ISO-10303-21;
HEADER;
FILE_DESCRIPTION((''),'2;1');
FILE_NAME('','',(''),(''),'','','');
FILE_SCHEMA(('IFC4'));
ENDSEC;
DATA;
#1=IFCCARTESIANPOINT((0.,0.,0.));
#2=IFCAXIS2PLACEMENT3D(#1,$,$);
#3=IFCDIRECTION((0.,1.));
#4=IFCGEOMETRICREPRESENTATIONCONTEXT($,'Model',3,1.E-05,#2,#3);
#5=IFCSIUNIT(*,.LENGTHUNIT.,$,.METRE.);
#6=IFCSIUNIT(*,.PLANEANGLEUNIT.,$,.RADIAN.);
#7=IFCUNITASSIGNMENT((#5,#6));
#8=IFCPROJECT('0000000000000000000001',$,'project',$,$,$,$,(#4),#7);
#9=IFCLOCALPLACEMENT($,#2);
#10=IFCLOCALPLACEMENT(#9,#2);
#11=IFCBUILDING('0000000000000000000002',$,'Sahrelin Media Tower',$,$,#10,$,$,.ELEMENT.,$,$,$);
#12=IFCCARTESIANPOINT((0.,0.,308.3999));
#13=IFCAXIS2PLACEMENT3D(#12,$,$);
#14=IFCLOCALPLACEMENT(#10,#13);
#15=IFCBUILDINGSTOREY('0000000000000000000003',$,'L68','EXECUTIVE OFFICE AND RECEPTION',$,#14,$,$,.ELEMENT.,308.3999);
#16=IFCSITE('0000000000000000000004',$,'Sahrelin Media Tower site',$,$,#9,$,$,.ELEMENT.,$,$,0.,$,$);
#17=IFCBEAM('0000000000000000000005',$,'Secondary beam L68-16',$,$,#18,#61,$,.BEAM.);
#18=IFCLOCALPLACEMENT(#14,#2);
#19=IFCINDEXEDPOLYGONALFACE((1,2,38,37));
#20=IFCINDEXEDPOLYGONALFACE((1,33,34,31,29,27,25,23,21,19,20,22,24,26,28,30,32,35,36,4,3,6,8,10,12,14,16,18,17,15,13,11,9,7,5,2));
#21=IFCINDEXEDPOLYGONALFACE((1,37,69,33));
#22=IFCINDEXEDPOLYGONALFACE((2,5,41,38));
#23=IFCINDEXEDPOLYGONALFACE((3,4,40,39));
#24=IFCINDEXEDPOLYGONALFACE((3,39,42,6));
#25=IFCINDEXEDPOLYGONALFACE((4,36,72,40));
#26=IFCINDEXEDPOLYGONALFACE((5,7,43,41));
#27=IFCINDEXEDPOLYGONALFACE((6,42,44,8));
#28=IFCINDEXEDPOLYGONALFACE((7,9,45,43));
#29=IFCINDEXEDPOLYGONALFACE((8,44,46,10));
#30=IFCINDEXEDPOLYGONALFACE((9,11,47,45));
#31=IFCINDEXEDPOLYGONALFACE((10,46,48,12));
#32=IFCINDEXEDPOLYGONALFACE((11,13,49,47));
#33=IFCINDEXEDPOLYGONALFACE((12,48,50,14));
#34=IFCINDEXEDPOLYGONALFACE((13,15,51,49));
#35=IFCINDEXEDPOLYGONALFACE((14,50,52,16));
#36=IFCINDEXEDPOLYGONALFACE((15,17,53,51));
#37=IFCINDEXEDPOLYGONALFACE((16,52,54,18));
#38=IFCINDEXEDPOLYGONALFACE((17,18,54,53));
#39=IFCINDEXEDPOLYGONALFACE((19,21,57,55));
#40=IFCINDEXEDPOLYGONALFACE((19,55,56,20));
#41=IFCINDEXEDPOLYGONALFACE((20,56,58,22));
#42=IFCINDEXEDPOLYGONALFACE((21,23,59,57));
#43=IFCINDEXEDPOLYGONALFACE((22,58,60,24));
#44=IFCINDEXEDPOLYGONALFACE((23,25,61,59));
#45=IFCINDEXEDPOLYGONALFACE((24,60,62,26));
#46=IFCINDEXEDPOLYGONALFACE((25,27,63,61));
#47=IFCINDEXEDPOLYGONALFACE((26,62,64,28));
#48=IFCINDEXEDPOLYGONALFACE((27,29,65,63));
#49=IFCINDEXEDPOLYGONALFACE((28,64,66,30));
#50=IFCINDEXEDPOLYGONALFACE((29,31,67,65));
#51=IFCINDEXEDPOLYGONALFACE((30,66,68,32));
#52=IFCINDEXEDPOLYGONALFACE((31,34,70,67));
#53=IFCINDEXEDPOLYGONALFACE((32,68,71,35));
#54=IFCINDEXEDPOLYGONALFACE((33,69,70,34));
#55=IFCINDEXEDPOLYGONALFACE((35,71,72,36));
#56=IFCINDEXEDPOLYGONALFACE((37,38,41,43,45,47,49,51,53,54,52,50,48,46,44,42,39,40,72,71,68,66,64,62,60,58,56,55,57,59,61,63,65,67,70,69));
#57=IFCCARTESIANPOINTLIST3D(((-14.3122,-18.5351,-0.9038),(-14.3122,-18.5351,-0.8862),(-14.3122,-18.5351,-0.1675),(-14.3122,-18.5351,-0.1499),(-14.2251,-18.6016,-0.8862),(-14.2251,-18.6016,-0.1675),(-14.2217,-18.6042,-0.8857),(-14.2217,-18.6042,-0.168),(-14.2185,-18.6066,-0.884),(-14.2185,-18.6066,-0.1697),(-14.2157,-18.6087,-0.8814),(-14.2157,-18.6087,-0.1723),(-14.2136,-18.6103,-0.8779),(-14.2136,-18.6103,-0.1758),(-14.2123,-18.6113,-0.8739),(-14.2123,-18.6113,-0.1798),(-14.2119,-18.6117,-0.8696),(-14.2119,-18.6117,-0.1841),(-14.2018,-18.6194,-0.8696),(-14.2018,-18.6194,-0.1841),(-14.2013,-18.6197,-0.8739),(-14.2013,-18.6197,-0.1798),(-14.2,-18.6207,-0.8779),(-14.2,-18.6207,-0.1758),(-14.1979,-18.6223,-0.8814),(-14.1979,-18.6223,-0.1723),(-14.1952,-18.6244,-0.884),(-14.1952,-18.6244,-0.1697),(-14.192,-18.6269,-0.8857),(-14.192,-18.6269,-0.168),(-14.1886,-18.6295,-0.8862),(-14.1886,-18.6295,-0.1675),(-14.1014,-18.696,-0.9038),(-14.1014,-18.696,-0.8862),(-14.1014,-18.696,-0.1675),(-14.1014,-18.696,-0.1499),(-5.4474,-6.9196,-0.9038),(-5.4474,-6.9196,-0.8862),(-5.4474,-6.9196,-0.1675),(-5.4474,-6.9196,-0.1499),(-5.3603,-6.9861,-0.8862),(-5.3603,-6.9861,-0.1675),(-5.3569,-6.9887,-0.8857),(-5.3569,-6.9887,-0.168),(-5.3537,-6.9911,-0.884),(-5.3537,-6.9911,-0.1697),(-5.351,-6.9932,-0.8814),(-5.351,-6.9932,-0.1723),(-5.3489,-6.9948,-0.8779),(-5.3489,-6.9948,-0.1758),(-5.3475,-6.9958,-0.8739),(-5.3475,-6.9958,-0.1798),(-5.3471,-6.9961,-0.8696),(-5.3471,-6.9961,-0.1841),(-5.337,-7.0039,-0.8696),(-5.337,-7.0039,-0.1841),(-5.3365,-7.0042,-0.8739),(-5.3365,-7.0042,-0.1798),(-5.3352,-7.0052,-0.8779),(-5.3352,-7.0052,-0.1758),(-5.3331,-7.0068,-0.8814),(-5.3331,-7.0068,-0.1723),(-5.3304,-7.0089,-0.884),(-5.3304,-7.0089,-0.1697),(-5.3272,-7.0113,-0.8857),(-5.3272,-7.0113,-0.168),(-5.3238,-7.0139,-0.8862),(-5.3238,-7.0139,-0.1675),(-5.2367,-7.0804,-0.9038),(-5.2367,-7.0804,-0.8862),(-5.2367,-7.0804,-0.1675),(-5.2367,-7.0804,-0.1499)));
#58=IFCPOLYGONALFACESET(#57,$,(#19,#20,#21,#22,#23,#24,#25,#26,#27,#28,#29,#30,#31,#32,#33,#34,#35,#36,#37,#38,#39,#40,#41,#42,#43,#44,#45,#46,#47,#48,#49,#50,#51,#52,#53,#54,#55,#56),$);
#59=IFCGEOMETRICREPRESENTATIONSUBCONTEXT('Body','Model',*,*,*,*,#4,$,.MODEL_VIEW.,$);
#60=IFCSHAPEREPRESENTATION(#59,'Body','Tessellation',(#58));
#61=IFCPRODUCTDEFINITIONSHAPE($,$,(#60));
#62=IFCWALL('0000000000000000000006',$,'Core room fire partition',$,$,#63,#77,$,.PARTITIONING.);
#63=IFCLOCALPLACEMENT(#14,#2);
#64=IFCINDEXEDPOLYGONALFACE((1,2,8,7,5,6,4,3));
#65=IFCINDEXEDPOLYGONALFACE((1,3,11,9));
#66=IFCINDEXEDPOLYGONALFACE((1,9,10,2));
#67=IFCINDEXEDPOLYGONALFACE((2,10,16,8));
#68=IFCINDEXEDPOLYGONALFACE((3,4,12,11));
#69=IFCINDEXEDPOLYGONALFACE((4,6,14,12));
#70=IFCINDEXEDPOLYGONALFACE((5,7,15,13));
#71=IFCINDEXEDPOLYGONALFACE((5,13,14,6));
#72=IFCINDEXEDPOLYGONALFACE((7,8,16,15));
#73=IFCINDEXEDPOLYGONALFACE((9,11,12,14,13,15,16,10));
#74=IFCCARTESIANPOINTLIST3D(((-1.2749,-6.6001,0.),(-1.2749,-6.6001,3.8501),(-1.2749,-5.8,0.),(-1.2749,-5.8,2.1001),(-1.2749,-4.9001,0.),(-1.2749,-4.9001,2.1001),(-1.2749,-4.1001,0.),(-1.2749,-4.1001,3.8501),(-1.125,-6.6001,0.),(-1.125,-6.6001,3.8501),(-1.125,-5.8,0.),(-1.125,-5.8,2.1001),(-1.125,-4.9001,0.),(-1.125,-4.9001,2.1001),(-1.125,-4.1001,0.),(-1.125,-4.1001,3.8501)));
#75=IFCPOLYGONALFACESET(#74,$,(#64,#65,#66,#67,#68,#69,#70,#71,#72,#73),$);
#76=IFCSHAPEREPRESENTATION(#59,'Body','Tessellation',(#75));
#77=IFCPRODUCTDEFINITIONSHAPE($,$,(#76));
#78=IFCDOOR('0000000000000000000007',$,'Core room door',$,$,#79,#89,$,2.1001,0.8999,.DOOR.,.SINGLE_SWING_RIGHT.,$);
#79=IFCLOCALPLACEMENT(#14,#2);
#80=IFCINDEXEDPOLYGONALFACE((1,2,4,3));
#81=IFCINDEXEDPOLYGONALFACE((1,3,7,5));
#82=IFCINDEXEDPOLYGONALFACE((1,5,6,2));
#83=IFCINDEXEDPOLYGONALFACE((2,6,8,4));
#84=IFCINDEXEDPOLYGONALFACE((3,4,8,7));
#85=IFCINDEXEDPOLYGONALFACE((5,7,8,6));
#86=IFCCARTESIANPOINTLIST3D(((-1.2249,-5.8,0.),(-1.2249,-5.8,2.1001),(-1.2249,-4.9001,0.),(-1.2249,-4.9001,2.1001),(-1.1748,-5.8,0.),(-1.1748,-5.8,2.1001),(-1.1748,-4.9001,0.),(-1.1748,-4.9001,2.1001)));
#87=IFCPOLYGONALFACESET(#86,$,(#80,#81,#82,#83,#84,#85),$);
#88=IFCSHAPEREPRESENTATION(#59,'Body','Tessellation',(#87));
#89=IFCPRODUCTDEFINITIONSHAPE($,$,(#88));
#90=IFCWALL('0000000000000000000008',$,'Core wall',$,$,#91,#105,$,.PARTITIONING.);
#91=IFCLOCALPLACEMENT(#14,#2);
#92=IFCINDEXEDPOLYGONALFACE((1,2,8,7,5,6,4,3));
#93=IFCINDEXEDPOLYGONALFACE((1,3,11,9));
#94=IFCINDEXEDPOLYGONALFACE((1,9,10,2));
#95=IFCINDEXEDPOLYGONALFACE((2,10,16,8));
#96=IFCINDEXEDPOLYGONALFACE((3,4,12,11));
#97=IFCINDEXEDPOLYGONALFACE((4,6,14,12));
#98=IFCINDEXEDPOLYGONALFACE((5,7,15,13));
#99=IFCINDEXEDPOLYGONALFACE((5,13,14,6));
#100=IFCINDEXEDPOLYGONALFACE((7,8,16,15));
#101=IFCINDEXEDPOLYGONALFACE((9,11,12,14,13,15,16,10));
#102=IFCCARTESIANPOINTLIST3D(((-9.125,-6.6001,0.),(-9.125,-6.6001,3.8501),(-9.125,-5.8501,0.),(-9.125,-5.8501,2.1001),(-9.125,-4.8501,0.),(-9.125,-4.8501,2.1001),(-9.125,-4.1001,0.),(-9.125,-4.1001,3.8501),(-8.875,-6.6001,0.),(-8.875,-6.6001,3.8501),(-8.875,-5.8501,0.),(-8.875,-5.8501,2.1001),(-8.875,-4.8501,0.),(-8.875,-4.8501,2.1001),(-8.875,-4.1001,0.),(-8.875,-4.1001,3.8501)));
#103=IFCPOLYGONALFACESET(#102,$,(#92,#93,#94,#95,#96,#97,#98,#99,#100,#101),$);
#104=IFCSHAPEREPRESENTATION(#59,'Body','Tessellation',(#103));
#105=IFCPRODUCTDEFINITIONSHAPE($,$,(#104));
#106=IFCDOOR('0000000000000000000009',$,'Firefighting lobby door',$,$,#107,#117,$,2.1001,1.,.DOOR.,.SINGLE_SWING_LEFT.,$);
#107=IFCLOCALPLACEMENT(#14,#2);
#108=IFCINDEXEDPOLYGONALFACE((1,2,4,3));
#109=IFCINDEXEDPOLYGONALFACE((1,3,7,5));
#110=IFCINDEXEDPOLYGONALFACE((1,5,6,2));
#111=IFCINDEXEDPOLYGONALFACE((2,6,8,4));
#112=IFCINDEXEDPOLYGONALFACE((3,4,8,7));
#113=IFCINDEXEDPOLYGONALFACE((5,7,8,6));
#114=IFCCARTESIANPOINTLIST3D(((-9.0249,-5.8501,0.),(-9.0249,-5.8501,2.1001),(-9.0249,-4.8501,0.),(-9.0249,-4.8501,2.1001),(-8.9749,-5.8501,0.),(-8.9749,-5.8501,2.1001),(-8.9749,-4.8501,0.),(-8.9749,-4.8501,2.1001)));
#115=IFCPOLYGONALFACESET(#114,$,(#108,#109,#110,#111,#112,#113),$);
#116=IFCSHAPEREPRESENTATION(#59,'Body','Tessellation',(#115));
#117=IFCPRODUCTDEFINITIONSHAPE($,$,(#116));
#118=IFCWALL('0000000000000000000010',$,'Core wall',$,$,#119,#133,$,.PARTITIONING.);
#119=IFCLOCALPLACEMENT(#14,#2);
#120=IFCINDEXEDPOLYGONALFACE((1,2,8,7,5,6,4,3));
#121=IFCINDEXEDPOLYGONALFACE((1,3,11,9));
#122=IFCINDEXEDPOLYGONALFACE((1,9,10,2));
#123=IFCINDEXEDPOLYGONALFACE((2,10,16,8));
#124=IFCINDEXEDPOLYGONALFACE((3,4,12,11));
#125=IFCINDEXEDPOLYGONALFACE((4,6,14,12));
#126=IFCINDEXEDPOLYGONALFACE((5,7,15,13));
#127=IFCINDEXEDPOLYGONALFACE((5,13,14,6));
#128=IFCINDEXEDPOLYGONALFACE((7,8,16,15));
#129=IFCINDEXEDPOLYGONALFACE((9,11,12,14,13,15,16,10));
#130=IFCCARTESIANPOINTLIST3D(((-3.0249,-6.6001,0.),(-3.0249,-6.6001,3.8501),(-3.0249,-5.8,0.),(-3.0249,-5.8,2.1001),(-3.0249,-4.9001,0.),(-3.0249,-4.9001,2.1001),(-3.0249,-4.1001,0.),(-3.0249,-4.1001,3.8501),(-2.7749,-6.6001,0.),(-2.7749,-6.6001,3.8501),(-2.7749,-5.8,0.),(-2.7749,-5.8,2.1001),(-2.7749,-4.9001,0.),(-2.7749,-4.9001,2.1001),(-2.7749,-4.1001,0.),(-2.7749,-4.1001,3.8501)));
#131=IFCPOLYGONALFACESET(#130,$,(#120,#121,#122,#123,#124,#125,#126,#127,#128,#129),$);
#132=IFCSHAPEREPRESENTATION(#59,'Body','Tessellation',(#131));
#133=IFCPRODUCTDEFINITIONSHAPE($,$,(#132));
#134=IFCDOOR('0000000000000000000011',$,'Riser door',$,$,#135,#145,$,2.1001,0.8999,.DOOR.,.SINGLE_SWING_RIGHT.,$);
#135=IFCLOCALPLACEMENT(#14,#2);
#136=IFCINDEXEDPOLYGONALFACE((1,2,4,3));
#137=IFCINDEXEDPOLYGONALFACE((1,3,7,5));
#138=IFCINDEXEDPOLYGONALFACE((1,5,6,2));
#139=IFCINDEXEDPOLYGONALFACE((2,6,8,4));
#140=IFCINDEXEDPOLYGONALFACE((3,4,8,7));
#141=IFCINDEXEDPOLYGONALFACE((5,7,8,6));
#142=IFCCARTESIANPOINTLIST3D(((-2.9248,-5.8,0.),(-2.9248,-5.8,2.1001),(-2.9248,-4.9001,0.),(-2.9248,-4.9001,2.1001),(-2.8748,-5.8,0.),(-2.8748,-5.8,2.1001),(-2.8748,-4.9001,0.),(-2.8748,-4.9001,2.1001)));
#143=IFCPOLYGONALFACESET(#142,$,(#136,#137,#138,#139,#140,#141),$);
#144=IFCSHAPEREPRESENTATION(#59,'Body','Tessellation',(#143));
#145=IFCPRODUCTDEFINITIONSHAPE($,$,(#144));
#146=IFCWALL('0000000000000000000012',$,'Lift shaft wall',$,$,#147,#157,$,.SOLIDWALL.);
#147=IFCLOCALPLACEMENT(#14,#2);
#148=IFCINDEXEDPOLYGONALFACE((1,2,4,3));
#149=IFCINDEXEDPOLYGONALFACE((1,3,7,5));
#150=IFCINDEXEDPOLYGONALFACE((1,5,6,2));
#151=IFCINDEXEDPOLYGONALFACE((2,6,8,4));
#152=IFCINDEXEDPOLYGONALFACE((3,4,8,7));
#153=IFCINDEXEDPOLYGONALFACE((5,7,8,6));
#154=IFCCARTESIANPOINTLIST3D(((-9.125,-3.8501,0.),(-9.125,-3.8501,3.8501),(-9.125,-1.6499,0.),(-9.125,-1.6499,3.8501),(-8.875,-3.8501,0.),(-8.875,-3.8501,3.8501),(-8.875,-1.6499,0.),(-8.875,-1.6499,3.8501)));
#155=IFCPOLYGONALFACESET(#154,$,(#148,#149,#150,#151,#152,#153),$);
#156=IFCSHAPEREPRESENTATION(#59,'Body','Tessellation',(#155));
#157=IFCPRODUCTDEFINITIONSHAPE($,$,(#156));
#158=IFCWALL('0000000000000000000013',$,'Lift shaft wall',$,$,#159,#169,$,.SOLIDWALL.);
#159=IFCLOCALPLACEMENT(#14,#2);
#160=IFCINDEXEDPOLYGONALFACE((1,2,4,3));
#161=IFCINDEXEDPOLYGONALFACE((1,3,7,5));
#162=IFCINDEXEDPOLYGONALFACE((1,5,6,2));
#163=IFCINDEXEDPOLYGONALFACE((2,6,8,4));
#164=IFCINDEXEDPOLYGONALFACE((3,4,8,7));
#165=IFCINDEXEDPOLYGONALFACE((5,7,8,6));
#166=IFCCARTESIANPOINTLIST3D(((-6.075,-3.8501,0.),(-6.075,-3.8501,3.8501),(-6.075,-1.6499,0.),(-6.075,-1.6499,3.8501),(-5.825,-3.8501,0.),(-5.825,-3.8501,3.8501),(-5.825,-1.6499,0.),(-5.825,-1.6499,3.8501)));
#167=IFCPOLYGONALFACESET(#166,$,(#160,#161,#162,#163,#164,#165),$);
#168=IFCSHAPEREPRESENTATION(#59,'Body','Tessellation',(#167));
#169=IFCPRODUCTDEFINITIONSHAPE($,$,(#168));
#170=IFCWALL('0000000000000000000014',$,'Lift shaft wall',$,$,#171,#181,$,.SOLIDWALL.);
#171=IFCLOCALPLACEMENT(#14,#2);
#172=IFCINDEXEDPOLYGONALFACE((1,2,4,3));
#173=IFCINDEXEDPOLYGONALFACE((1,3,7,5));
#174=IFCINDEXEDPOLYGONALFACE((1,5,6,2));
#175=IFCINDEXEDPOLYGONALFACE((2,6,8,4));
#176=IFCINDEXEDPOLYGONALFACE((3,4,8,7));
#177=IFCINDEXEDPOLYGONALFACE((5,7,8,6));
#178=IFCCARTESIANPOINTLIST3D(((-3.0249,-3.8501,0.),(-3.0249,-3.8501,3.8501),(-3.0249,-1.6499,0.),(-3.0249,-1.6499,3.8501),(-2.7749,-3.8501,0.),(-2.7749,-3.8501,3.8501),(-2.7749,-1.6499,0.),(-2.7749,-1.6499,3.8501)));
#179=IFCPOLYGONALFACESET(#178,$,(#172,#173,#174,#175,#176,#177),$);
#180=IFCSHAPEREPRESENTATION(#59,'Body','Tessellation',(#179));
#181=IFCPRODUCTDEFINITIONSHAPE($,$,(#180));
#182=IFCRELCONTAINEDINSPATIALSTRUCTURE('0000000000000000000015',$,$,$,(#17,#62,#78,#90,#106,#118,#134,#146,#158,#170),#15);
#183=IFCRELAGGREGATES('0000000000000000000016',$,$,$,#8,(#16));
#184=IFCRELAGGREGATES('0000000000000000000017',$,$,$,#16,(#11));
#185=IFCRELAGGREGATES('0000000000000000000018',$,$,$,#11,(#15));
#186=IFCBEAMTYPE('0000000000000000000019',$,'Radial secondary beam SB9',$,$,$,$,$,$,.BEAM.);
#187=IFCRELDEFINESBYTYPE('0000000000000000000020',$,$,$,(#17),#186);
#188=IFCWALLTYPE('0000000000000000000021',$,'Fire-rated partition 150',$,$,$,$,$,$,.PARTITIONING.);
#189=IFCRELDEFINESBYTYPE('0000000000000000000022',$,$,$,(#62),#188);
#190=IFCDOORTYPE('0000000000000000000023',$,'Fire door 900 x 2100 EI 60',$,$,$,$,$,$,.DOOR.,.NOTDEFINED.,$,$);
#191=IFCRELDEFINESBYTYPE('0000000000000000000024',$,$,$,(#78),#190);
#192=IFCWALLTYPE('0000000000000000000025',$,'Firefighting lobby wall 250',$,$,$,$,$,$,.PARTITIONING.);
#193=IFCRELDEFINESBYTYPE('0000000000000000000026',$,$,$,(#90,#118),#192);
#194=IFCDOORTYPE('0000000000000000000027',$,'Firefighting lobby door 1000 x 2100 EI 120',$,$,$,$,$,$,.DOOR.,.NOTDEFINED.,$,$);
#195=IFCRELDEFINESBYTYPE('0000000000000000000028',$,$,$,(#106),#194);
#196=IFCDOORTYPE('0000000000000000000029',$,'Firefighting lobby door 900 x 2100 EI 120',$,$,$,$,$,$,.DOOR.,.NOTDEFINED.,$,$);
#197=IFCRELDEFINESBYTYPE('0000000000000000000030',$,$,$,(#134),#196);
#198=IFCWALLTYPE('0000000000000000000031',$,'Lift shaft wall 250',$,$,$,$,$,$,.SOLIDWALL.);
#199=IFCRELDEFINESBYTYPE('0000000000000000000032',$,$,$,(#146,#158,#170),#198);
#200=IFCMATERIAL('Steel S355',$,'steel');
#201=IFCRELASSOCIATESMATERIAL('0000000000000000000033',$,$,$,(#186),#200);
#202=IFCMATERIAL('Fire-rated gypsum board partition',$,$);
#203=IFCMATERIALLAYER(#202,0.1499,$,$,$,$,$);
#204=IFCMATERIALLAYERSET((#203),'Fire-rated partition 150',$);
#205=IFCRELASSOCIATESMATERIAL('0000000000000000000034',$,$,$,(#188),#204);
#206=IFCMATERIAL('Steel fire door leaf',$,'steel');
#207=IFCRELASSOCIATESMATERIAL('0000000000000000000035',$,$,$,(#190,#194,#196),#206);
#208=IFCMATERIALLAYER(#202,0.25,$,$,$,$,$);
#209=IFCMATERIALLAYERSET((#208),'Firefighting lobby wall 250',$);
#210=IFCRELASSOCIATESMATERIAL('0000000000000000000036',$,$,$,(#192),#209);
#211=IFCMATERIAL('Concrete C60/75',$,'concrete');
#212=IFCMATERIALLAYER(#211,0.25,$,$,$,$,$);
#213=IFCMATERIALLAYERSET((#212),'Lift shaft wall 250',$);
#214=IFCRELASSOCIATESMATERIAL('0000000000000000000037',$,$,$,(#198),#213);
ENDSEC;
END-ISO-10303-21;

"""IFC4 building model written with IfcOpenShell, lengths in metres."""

from ifc_helpers import new_model, si_unit, direction, frame, frame_2d, origin, origin_2d, place, context, subcontext, project, spatial, rectangle, i_section, extrude, material, layer, layer_set, material_profile, profile_set, type_object, element, fill, save


model = new_model("IFC4")

# Units and contexts
model_context = context("Model", 3, precision=1e-05, world=origin(), true_north=direction((0.0, 1.0)))
body_context = subcontext(model_context, "Body", "Model", "MODEL_VIEW")
ifc_project = project(units=[si_unit("LENGTHUNIT", "METRE"), si_unit("PLANEANGLEUNIT", "RADIAN")], contexts=[model_context])

# Site, building, storey
site_placement = place(None, origin())
site = spatial("IfcSite", under=ifc_project, at=site_placement, Name="Sahrelin Media Tower site", CompositionType="ELEMENT", RefElevation=0.0)
building_placement = place(site_placement, origin())
building = spatial("IfcBuilding", under=site, at=building_placement, Name="Sahrelin Media Tower", CompositionType="ELEMENT")
storey_placement = place(building_placement, frame((0.0, 0.0, 308.3999)))
storey = spatial("IfcBuildingStorey", under=building, at=storey_placement, Name="L68", Description="EXECUTIVE OFFICE AND RECEPTION", CompositionType="ELEMENT", Elevation=308.3999)

# Beam
ifc_material_1 = material(Name="Steel S355", Category="steel")
ifc_material_profile_1 = material_profile(ifc_material_1, i_section(OverallWidth=0.2651, OverallDepth=0.7539, WebThickness=0.0127, FlangeThickness=0.0176, FilletRadius=0.0166, at=origin_2d()), Name="UB 762x267x147")
ifc_profile_set_1 = profile_set([ifc_material_profile_1], Name="Steel S355")
beam_type_1 = type_object("IfcBeamType", Name="Radial secondary beam SB9", PredefinedType="BEAM", material=ifc_profile_set_1)
beam_1_placement = place(storey_placement, frame((-5.342, -7.0, -0.5269), z_axis=(-0.606686, -0.794941, 0.0), x_axis=(0.794941, -0.606686, 0.0)))
element("IfcBeam", 1, at=beam_1_placement, inside=storey, type_object=beam_type_1, Name="Secondary beam L68-16", PredefinedType="BEAM", context=body_context, shape_type="SweptSolid", body=[
    extrude(i_section(OverallWidth=0.2651, OverallDepth=0.7539, WebThickness=0.0127, FlangeThickness=0.0176, FilletRadius=0.0166, at=origin_2d()), origin(), (0.0, 0.0, 1.0), 14.6118),
])

# Walls, openings, doors
ifc_material_2 = material(Name="Fire-rated gypsum board partition")
ifc_layer_1 = layer(ifc_material_2, 0.1499)
ifc_layer_set_1 = layer_set([ifc_layer_1], Name="Fire-rated partition 150")
wall_type_1 = type_object("IfcWallType", Name="Fire-rated partition 150", PredefinedType="PARTITIONING", material=ifc_layer_set_1)
wall_1_placement = place(storey_placement, frame((-1.2, -6.6001, 0.0), z_axis=(0.0, 0.0, 1.0), x_axis=(0.0, 1.0, 0.0)))
wall_1 = element("IfcWall", 2, at=wall_1_placement, inside=storey, type_object=wall_type_1, Name="Core room fire partition", PredefinedType="PARTITIONING", context=body_context, shape_type="SweptSolid", body=[
    extrude(rectangle(XDim=2.5, YDim=0.1499, at=frame_2d((1.25, 0.0))), origin(), (0.0, 0.0, 1.0), 3.8501),
])
opening_1_placement = place(wall_1_placement, frame((0.8, 0.0, 0.0)))
opening_1 = element("IfcOpeningElement", 3, at=opening_1_placement, cuts=wall_1, PredefinedType="OPENING", context=body_context, shape_type="SweptSolid", body=[
    extrude(rectangle(XDim=0.8999, YDim=2.1001, at=frame_2d((0.45, 1.05))), frame((0.0, 0.075, 0.0), z_axis=(0.0, -1.0, 0.0), x_axis=(1.0, 0.0, 0.0)), (0.0, 0.0, 1.0), 0.1499),
])
ifc_material_3 = material(Name="Steel fire door leaf", Category="steel")
door_type_1 = type_object("IfcDoorType", Name="Fire door 900 x 2100 EI 60", OperationType="NOTDEFINED", PredefinedType="DOOR", material=ifc_material_3)
door_1_placement = place(opening_1_placement, origin())
door_1 = element("IfcDoor", 4, at=door_1_placement, inside=storey, type_object=door_type_1, Name="Core room door", OperationType="SINGLE_SWING_RIGHT", OverallHeight=2.1001, OverallWidth=0.8999, PredefinedType="DOOR", context=body_context, shape_type="SweptSolid", body=[
    extrude(rectangle(XDim=0.8999, YDim=2.1001, at=frame_2d((0.45, 1.05))), frame((0.0, 0.0249, 0.0), z_axis=(0.0, -1.0, 0.0), x_axis=(1.0, 0.0, 0.0)), (0.0, 0.0, 1.0), 0.05),
])
fill(opening_1, door_1)
ifc_layer_2 = layer(ifc_material_2, 0.25)
ifc_layer_set_2 = layer_set([ifc_layer_2], Name="Firefighting lobby wall 250")
wall_type_2 = type_object("IfcWallType", Name="Firefighting lobby wall 250", PredefinedType="PARTITIONING", material=ifc_layer_set_2)
wall_2_placement = place(storey_placement, frame((-9.0, -6.6001, 0.0), z_axis=(0.0, 0.0, 1.0), x_axis=(0.0, 1.0, 0.0)))
wall_2 = element("IfcWall", 5, at=wall_2_placement, inside=storey, type_object=wall_type_2, Name="Core wall", PredefinedType="PARTITIONING", context=body_context, shape_type="SweptSolid", body=[
    extrude(rectangle(XDim=2.5, YDim=0.25, at=frame_2d((1.25, 0.0))), origin(), (0.0, 0.0, 1.0), 3.8501),
])
opening_2_placement = place(wall_2_placement, frame((0.75, 0.0, 0.0)))
opening_2 = element("IfcOpeningElement", 6, at=opening_2_placement, cuts=wall_2, PredefinedType="OPENING", context=body_context, shape_type="SweptSolid", body=[
    extrude(rectangle(XDim=1.0, YDim=2.1001, at=frame_2d((0.5, 1.05))), frame((0.0, 0.125, 0.0), z_axis=(0.0, -1.0, 0.0), x_axis=(1.0, 0.0, 0.0)), (0.0, 0.0, 1.0), 0.25),
])
door_type_2 = type_object("IfcDoorType", Name="Firefighting lobby door 1000 x 2100 EI 120", OperationType="NOTDEFINED", PredefinedType="DOOR", material=ifc_material_3)
door_2_placement = place(opening_2_placement, origin())
door_2 = element("IfcDoor", 7, at=door_2_placement, inside=storey, type_object=door_type_2, Name="Firefighting lobby door", OperationType="SINGLE_SWING_LEFT", OverallHeight=2.1001, OverallWidth=1.0, PredefinedType="DOOR", context=body_context, shape_type="SweptSolid", body=[
    extrude(rectangle(XDim=1.0, YDim=2.1001, at=frame_2d((0.5, 1.05))), frame((0.0, 0.0249, 0.0), z_axis=(0.0, -1.0, 0.0), x_axis=(1.0, 0.0, 0.0)), (0.0, 0.0, 1.0), 0.05),
])
fill(opening_2, door_2)
wall_3_placement = place(storey_placement, frame((-2.8999, -6.6001, 0.0), z_axis=(0.0, 0.0, 1.0), x_axis=(0.0, 1.0, 0.0)))
wall_3 = element("IfcWall", 8, at=wall_3_placement, inside=storey, type_object=wall_type_2, Name="Core wall", PredefinedType="PARTITIONING", context=body_context, shape_type="SweptSolid", body=[
    extrude(rectangle(XDim=2.5, YDim=0.25, at=frame_2d((1.25, 0.0))), origin(), (0.0, 0.0, 1.0), 3.8501),
])
opening_3_placement = place(wall_3_placement, frame((0.8, 0.0, 0.0)))
opening_3 = element("IfcOpeningElement", 9, at=opening_3_placement, cuts=wall_3, PredefinedType="OPENING", context=body_context, shape_type="SweptSolid", body=[
    extrude(rectangle(XDim=0.8999, YDim=2.1001, at=frame_2d((0.45, 1.05))), frame((0.0, 0.125, 0.0), z_axis=(0.0, -1.0, 0.0), x_axis=(1.0, 0.0, 0.0)), (0.0, 0.0, 1.0), 0.25),
])
door_type_3 = type_object("IfcDoorType", Name="Firefighting lobby door 900 x 2100 EI 120", OperationType="NOTDEFINED", PredefinedType="DOOR", material=ifc_material_3)
door_3_placement = place(opening_3_placement, origin())
door_3 = element("IfcDoor", 10, at=door_3_placement, inside=storey, type_object=door_type_3, Name="Riser door", OperationType="SINGLE_SWING_RIGHT", OverallHeight=2.1001, OverallWidth=0.8999, PredefinedType="DOOR", context=body_context, shape_type="SweptSolid", body=[
    extrude(rectangle(XDim=0.8999, YDim=2.1001, at=frame_2d((0.45, 1.05))), frame((0.0, 0.0249, 0.0), z_axis=(0.0, -1.0, 0.0), x_axis=(1.0, 0.0, 0.0)), (0.0, 0.0, 1.0), 0.05),
])
fill(opening_3, door_3)

# Walls
ifc_material_4 = material(Name="Concrete C60/75", Category="concrete")
ifc_layer_3 = layer(ifc_material_4, 0.25)
ifc_layer_set_3 = layer_set([ifc_layer_3], Name="Lift shaft wall 250")
wall_type_3 = type_object("IfcWallType", Name="Lift shaft wall 250", PredefinedType="SOLIDWALL", material=ifc_layer_set_3)
for number, where, z_axis, x_axis, name in (
    (11, (-9.0, -3.8501, 0.0), (0.0, 0.0, 1.0), (0.0, 1.0, 0.0), "Lift shaft wall"),
    (12, (-5.95, -3.8501, 0.0), (0.0, 0.0, 1.0), (0.0, 1.0, 0.0), "Lift shaft wall"),
    (13, (-2.8999, -3.8501, 0.0), (0.0, 0.0, 1.0), (0.0, 1.0, 0.0), "Lift shaft wall"),
):
    element("IfcWall", number, at=place(storey_placement, frame(where, z_axis=z_axis, x_axis=x_axis)), inside=storey, type_object=wall_type_3, Name=name, PredefinedType="SOLIDWALL", context=body_context, shape_type="SweptSolid", body=[
        extrude(rectangle(XDim=2.2002, YDim=0.25, at=frame_2d((1.1001, 0.0))), origin(), (0.0, 0.0, 1.0), 3.8501),
    ])

save(model, "model.ifc")
